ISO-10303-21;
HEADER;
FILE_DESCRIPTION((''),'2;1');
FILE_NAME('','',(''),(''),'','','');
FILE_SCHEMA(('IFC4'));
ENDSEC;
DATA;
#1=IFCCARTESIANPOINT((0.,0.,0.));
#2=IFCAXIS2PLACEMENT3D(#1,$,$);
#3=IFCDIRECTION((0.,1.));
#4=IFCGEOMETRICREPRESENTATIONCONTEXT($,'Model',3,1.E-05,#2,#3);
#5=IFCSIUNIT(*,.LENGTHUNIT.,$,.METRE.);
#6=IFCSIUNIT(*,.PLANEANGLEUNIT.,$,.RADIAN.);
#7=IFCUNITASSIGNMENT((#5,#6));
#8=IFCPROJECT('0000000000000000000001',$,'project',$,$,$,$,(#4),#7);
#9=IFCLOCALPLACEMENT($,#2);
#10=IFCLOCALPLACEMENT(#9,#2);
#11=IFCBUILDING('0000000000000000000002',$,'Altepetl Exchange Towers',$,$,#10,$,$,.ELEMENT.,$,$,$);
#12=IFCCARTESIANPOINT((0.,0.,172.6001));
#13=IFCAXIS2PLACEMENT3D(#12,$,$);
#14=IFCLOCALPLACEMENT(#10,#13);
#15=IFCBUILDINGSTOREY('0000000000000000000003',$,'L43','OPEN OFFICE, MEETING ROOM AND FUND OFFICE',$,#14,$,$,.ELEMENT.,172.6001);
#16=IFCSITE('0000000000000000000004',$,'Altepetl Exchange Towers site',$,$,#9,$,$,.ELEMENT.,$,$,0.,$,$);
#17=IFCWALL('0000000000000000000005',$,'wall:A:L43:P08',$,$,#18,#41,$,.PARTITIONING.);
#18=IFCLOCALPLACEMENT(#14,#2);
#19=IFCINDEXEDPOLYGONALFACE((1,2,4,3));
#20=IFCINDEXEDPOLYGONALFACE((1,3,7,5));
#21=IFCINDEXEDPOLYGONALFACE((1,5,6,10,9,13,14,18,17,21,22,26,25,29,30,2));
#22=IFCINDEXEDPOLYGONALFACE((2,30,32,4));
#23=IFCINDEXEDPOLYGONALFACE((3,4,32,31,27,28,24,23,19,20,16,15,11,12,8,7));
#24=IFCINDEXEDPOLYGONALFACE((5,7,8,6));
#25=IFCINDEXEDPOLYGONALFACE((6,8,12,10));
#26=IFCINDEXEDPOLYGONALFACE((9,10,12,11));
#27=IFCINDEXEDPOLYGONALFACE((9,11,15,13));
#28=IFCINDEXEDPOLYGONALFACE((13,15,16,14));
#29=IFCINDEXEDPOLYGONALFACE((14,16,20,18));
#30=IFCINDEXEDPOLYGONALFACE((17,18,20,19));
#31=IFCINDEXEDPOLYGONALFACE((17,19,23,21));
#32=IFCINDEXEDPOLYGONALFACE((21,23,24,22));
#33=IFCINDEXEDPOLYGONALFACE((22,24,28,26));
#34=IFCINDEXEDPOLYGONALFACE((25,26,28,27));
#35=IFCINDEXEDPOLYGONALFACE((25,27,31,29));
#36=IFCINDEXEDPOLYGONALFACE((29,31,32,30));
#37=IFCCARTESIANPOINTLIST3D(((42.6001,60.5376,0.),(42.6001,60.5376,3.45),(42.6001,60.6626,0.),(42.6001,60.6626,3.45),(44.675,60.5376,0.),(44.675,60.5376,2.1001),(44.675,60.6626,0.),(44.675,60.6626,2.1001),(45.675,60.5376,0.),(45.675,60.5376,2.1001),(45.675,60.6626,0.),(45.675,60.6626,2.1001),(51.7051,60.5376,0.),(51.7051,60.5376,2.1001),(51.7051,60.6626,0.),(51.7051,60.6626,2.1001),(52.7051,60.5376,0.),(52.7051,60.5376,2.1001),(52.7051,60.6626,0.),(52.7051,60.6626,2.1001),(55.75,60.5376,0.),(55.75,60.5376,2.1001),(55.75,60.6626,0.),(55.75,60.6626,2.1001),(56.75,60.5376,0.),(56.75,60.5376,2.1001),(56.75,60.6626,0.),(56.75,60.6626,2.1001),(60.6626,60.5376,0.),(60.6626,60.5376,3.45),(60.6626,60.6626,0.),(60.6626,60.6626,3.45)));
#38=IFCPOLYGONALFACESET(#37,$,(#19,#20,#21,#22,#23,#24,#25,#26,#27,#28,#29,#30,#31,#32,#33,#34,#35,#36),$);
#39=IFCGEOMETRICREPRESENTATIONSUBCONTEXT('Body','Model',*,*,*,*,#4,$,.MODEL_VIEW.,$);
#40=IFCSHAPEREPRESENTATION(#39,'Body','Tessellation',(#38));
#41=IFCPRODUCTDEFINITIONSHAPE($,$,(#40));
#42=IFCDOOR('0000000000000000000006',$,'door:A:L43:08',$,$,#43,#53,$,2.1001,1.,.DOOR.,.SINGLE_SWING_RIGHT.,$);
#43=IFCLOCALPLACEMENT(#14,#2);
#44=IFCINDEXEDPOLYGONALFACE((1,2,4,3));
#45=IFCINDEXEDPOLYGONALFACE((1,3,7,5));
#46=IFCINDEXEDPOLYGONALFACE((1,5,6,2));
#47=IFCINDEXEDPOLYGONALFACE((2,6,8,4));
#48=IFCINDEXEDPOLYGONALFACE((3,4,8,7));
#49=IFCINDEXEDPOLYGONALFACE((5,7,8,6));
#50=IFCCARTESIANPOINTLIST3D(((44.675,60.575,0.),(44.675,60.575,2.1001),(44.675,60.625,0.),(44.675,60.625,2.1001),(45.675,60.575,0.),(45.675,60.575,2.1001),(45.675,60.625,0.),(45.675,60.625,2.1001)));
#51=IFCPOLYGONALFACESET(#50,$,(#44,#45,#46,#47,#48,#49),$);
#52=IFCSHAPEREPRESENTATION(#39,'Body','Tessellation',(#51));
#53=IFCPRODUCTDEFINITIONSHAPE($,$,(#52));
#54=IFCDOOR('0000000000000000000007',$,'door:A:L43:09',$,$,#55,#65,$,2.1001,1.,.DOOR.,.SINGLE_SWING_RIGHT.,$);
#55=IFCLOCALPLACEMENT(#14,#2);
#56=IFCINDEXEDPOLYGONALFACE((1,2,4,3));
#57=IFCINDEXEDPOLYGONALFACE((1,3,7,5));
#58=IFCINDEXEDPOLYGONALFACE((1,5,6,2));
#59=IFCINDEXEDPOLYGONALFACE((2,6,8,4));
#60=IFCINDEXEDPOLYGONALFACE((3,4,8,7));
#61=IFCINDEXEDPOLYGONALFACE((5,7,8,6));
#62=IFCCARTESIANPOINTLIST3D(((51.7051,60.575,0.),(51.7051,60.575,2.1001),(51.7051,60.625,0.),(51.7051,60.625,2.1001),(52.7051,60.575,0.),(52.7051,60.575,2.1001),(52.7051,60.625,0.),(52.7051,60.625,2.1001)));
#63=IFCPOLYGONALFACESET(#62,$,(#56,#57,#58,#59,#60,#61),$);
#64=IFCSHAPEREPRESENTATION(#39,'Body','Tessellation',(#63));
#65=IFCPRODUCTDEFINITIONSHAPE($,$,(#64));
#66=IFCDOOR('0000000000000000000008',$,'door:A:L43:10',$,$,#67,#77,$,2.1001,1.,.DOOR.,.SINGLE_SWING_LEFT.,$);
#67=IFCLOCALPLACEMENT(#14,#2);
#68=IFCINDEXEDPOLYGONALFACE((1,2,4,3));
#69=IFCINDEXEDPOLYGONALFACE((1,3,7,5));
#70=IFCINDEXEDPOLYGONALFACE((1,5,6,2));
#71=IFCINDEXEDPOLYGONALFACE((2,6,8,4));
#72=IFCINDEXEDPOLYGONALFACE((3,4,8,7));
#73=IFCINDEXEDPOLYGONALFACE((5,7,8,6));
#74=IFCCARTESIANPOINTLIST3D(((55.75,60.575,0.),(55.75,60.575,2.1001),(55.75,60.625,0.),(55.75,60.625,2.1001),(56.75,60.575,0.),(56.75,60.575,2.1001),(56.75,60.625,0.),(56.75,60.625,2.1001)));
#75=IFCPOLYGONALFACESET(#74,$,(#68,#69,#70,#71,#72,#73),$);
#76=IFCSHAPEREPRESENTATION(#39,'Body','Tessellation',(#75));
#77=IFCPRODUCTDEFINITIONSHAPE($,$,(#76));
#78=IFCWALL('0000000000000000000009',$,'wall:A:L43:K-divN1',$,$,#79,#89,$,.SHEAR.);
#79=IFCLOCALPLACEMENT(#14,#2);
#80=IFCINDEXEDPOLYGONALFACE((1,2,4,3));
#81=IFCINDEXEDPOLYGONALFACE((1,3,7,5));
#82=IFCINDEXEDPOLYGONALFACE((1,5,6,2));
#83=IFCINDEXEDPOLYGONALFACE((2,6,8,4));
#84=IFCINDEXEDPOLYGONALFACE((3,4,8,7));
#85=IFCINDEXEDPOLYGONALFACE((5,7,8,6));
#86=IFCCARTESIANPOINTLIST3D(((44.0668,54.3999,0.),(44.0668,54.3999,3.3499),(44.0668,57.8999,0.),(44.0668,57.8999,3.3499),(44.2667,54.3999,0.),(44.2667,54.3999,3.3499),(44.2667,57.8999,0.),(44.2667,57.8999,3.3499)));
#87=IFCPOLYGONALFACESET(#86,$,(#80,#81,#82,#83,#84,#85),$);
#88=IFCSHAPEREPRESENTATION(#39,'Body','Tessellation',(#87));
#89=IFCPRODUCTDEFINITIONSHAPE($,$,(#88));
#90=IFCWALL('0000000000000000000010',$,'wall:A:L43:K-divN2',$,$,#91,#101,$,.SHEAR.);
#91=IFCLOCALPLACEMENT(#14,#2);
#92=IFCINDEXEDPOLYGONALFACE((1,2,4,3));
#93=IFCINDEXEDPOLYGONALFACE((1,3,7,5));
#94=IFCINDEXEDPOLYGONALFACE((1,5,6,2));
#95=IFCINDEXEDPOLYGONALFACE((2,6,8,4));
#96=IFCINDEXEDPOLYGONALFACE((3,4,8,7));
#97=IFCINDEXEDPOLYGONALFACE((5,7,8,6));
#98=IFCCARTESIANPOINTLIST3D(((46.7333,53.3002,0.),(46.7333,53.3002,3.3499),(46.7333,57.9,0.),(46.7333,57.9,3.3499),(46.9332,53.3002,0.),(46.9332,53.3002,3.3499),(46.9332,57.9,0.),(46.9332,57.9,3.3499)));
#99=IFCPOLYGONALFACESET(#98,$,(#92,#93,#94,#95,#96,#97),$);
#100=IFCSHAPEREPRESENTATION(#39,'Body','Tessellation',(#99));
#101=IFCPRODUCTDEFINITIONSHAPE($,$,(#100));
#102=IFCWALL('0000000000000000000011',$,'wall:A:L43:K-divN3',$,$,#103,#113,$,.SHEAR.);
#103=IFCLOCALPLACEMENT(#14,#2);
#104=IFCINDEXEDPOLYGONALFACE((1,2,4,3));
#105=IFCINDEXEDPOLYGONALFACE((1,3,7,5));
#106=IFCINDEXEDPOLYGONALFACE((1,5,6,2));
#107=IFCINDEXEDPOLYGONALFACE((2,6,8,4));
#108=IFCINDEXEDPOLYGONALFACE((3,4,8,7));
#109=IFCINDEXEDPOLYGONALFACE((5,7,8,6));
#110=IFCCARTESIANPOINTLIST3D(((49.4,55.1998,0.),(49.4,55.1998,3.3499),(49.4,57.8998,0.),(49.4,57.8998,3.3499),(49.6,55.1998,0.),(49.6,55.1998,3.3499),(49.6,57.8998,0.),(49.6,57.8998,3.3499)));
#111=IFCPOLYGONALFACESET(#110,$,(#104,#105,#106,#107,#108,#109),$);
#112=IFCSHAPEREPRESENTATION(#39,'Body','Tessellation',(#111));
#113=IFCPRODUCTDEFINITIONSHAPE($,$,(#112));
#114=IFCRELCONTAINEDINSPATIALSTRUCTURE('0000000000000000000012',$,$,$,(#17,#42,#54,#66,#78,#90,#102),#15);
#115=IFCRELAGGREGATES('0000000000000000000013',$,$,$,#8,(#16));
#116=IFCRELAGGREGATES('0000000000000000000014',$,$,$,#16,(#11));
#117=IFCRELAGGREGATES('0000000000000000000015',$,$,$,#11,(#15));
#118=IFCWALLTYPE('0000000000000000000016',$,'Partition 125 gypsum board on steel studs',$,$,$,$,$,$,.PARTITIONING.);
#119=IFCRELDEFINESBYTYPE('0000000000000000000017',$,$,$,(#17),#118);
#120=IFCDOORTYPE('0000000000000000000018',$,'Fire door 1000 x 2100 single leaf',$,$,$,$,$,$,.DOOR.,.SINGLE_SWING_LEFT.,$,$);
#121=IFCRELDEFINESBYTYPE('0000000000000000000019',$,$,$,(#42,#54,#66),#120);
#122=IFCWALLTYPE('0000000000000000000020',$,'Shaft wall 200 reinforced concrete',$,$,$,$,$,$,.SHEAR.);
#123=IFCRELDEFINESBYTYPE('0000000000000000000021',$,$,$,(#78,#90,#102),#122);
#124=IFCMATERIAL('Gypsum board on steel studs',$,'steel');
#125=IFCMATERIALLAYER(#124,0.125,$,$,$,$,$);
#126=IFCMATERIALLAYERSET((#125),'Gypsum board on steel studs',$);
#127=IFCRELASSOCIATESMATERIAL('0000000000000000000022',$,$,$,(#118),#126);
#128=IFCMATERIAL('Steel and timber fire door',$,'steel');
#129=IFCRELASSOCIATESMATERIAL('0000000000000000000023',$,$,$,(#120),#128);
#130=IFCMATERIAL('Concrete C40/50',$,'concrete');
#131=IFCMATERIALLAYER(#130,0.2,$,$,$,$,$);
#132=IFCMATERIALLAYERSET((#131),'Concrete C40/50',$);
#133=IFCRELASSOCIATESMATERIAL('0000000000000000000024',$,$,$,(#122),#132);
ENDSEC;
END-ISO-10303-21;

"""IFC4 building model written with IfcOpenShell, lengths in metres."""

from ifc_helpers import new_model, si_unit, direction, frame, frame_2d, origin, place, context, subcontext, project, spatial, rectangle, extrude, material, layer, layer_set, type_object, element, fill, save


model = new_model("IFC4")

# Units and contexts
model_context = context("Model", 3, precision=1e-05, world=origin(), true_north=direction((0.0, 1.0)))
body_context = subcontext(model_context, "Body", "Model", "MODEL_VIEW")
ifc_project = project(units=[si_unit("LENGTHUNIT", "METRE"), si_unit("PLANEANGLEUNIT", "RADIAN")], contexts=[model_context])

# Site, building, storey
site_placement = place(None, origin())
site = spatial("IfcSite", under=ifc_project, at=site_placement, Name="Altepetl Exchange Towers site", CompositionType="ELEMENT", RefElevation=0.0)
building_placement = place(site_placement, origin())
building = spatial("IfcBuilding", under=site, at=building_placement, Name="Altepetl Exchange Towers", CompositionType="ELEMENT")
storey_placement = place(building_placement, frame((0.0, 0.0, 172.6001)))
storey = spatial("IfcBuildingStorey", under=building, at=storey_placement, Name="L43", Description="OPEN OFFICE, MEETING ROOM AND FUND OFFICE", CompositionType="ELEMENT", Elevation=172.6001)

# Wall, openings, doors
ifc_material_1 = material(Name="Gypsum board on steel studs", Category="steel")
ifc_layer_1 = layer(ifc_material_1, 0.125)
ifc_layer_set_1 = layer_set([ifc_layer_1], Name="Gypsum board on steel studs")
wall_type_1 = type_object("IfcWallType", Name="Partition 125 gypsum board on steel studs", PredefinedType="PARTITIONING", material=ifc_layer_set_1)
wall_1_placement = place(storey_placement, frame((42.6001, 60.6001, 0.0)))
wall_1 = element("IfcWall", 1, at=wall_1_placement, inside=storey, type_object=wall_type_1, Name="wall:A:L43:P08", PredefinedType="PARTITIONING", context=body_context, shape_type="SweptSolid", body=[
    extrude(rectangle(XDim=18.0625, YDim=0.125, at=frame_2d((9.0312, 0.0))), origin(), (0.0, 0.0, 1.0), 3.45),
])
opening_1_placement = place(wall_1_placement, frame((2.075, 0.0, 0.0)))
opening_1 = element("IfcOpeningElement", 2, at=opening_1_placement, cuts=wall_1, PredefinedType="OPENING", context=body_context, shape_type="SweptSolid", body=[
    extrude(rectangle(XDim=1.0, YDim=2.1001, at=frame_2d((0.5, 1.05))), frame((0.0, 0.0725, 0.0), z_axis=(0.0, -1.0, 0.0), x_axis=(1.0, 0.0, 0.0)), (0.0, 0.0, 1.0), 0.145),
])
opening_2_placement = place(wall_1_placement, frame((9.105, 0.0, 0.0)))
opening_2 = element("IfcOpeningElement", 3, at=opening_2_placement, cuts=wall_1, PredefinedType="OPENING", context=body_context, shape_type="SweptSolid", body=[
    extrude(rectangle(XDim=1.0, YDim=2.1001, at=frame_2d((0.5, 1.05))), frame((0.0, 0.0725, 0.0), z_axis=(0.0, -1.0, 0.0), x_axis=(1.0, 0.0, 0.0)), (0.0, 0.0, 1.0), 0.145),
])
opening_3_placement = place(wall_1_placement, frame((13.1499, 0.0, 0.0)))
opening_3 = element("IfcOpeningElement", 4, at=opening_3_placement, cuts=wall_1, PredefinedType="OPENING", context=body_context, shape_type="SweptSolid", body=[
    extrude(rectangle(XDim=1.0, YDim=2.1001, at=frame_2d((0.5, 1.05))), frame((0.0, 0.0725, 0.0), z_axis=(0.0, -1.0, 0.0), x_axis=(1.0, 0.0, 0.0)), (0.0, 0.0, 1.0), 0.145),
])
ifc_material_2 = material(Name="Steel and timber fire door", Category="steel")
door_type_1 = type_object("IfcDoorType", Name="Fire door 1000 x 2100 single leaf", OperationType="SINGLE_SWING_LEFT", PredefinedType="DOOR", material=ifc_material_2)
door_1_placement = place(opening_1_placement, origin())
door_1 = element("IfcDoor", 5, at=door_1_placement, inside=storey, type_object=door_type_1, Name="door:A:L43:08", OperationType="SINGLE_SWING_RIGHT", OverallHeight=2.1001, OverallWidth=1.0, PredefinedType="DOOR", context=body_context, shape_type="SweptSolid", body=[
    extrude(rectangle(XDim=1.0, YDim=2.1001, at=frame_2d((0.5, 1.05))), frame((0.0, 0.0249, 0.0), z_axis=(0.0, -1.0, 0.0), x_axis=(1.0, 0.0, 0.0)), (0.0, 0.0, 1.0), 0.05),
])
fill(opening_1, door_1)
door_2_placement = place(opening_2_placement, origin())
door_2 = element("IfcDoor", 6, at=door_2_placement, inside=storey, type_object=door_type_1, Name="door:A:L43:09", OperationType="SINGLE_SWING_RIGHT", OverallHeight=2.1001, OverallWidth=1.0, PredefinedType="DOOR", context=body_context, shape_type="SweptSolid", body=[
    extrude(rectangle(XDim=1.0, YDim=2.1001, at=frame_2d((0.5, 1.05))), frame((0.0, 0.0249, 0.0), z_axis=(0.0, -1.0, 0.0), x_axis=(1.0, 0.0, 0.0)), (0.0, 0.0, 1.0), 0.05),
])
fill(opening_2, door_2)
door_3_placement = place(opening_3_placement, origin())
door_3 = element("IfcDoor", 7, at=door_3_placement, inside=storey, type_object=door_type_1, Name="door:A:L43:10", OperationType="SINGLE_SWING_LEFT", OverallHeight=2.1001, OverallWidth=1.0, PredefinedType="DOOR", context=body_context, shape_type="SweptSolid", body=[
    extrude(rectangle(XDim=1.0, YDim=2.1001, at=frame_2d((0.5, 1.05))), frame((0.0, 0.0249, 0.0), z_axis=(0.0, -1.0, 0.0), x_axis=(1.0, 0.0, 0.0)), (0.0, 0.0, 1.0), 0.05),
])
fill(opening_3, door_3)

# Walls
ifc_material_3 = material(Name="Concrete C40/50", Category="concrete")
ifc_layer_2 = layer(ifc_material_3, 0.2)
ifc_layer_set_2 = layer_set([ifc_layer_2], Name="Concrete C40/50")
wall_type_2 = type_object("IfcWallType", Name="Shaft wall 200 reinforced concrete", PredefinedType="SHEAR", material=ifc_layer_set_2)
wall_2_placement = place(storey_placement, frame((44.1667, 57.8999, 0.0), z_axis=(0.0, 0.0, 1.0), x_axis=(0.0, -1.0, 0.0)))
element("IfcWall", 8, at=wall_2_placement, inside=storey, type_object=wall_type_2, Name="wall:A:L43:K-divN1", PredefinedType="SHEAR", context=body_context, shape_type="SweptSolid", body=[
    extrude(rectangle(XDim=3.5, YDim=0.2, at=frame_2d((1.75, 0.0))), origin(), (0.0, 0.0, 1.0), 3.3499),
])
wall_3_placement = place(storey_placement, frame((46.8333, 57.8999, 0.0), z_axis=(0.0, 0.0, 1.0), x_axis=(0.0, -1.0, 0.0)))
element("IfcWall", 9, at=wall_3_placement, inside=storey, type_object=wall_type_2, Name="wall:A:L43:K-divN2", PredefinedType="SHEAR", context=body_context, shape_type="SweptSolid", body=[
    extrude(rectangle(XDim=4.5999, YDim=0.2, at=frame_2d((2.2998, 0.0))), origin(), (0.0, 0.0, 1.0), 3.3499),
])
wall_4_placement = place(storey_placement, frame((49.5, 57.8999, 0.0), z_axis=(0.0, 0.0, 1.0), x_axis=(0.0, -1.0, 0.0)))
element("IfcWall", 10, at=wall_4_placement, inside=storey, type_object=wall_type_2, Name="wall:A:L43:K-divN3", PredefinedType="SHEAR", context=body_context, shape_type="SweptSolid", body=[
    extrude(rectangle(XDim=2.7, YDim=0.2, at=frame_2d((1.3501, 0.0))), origin(), (0.0, 0.0, 1.0), 3.3499),
])

save(model, "model.ifc")
